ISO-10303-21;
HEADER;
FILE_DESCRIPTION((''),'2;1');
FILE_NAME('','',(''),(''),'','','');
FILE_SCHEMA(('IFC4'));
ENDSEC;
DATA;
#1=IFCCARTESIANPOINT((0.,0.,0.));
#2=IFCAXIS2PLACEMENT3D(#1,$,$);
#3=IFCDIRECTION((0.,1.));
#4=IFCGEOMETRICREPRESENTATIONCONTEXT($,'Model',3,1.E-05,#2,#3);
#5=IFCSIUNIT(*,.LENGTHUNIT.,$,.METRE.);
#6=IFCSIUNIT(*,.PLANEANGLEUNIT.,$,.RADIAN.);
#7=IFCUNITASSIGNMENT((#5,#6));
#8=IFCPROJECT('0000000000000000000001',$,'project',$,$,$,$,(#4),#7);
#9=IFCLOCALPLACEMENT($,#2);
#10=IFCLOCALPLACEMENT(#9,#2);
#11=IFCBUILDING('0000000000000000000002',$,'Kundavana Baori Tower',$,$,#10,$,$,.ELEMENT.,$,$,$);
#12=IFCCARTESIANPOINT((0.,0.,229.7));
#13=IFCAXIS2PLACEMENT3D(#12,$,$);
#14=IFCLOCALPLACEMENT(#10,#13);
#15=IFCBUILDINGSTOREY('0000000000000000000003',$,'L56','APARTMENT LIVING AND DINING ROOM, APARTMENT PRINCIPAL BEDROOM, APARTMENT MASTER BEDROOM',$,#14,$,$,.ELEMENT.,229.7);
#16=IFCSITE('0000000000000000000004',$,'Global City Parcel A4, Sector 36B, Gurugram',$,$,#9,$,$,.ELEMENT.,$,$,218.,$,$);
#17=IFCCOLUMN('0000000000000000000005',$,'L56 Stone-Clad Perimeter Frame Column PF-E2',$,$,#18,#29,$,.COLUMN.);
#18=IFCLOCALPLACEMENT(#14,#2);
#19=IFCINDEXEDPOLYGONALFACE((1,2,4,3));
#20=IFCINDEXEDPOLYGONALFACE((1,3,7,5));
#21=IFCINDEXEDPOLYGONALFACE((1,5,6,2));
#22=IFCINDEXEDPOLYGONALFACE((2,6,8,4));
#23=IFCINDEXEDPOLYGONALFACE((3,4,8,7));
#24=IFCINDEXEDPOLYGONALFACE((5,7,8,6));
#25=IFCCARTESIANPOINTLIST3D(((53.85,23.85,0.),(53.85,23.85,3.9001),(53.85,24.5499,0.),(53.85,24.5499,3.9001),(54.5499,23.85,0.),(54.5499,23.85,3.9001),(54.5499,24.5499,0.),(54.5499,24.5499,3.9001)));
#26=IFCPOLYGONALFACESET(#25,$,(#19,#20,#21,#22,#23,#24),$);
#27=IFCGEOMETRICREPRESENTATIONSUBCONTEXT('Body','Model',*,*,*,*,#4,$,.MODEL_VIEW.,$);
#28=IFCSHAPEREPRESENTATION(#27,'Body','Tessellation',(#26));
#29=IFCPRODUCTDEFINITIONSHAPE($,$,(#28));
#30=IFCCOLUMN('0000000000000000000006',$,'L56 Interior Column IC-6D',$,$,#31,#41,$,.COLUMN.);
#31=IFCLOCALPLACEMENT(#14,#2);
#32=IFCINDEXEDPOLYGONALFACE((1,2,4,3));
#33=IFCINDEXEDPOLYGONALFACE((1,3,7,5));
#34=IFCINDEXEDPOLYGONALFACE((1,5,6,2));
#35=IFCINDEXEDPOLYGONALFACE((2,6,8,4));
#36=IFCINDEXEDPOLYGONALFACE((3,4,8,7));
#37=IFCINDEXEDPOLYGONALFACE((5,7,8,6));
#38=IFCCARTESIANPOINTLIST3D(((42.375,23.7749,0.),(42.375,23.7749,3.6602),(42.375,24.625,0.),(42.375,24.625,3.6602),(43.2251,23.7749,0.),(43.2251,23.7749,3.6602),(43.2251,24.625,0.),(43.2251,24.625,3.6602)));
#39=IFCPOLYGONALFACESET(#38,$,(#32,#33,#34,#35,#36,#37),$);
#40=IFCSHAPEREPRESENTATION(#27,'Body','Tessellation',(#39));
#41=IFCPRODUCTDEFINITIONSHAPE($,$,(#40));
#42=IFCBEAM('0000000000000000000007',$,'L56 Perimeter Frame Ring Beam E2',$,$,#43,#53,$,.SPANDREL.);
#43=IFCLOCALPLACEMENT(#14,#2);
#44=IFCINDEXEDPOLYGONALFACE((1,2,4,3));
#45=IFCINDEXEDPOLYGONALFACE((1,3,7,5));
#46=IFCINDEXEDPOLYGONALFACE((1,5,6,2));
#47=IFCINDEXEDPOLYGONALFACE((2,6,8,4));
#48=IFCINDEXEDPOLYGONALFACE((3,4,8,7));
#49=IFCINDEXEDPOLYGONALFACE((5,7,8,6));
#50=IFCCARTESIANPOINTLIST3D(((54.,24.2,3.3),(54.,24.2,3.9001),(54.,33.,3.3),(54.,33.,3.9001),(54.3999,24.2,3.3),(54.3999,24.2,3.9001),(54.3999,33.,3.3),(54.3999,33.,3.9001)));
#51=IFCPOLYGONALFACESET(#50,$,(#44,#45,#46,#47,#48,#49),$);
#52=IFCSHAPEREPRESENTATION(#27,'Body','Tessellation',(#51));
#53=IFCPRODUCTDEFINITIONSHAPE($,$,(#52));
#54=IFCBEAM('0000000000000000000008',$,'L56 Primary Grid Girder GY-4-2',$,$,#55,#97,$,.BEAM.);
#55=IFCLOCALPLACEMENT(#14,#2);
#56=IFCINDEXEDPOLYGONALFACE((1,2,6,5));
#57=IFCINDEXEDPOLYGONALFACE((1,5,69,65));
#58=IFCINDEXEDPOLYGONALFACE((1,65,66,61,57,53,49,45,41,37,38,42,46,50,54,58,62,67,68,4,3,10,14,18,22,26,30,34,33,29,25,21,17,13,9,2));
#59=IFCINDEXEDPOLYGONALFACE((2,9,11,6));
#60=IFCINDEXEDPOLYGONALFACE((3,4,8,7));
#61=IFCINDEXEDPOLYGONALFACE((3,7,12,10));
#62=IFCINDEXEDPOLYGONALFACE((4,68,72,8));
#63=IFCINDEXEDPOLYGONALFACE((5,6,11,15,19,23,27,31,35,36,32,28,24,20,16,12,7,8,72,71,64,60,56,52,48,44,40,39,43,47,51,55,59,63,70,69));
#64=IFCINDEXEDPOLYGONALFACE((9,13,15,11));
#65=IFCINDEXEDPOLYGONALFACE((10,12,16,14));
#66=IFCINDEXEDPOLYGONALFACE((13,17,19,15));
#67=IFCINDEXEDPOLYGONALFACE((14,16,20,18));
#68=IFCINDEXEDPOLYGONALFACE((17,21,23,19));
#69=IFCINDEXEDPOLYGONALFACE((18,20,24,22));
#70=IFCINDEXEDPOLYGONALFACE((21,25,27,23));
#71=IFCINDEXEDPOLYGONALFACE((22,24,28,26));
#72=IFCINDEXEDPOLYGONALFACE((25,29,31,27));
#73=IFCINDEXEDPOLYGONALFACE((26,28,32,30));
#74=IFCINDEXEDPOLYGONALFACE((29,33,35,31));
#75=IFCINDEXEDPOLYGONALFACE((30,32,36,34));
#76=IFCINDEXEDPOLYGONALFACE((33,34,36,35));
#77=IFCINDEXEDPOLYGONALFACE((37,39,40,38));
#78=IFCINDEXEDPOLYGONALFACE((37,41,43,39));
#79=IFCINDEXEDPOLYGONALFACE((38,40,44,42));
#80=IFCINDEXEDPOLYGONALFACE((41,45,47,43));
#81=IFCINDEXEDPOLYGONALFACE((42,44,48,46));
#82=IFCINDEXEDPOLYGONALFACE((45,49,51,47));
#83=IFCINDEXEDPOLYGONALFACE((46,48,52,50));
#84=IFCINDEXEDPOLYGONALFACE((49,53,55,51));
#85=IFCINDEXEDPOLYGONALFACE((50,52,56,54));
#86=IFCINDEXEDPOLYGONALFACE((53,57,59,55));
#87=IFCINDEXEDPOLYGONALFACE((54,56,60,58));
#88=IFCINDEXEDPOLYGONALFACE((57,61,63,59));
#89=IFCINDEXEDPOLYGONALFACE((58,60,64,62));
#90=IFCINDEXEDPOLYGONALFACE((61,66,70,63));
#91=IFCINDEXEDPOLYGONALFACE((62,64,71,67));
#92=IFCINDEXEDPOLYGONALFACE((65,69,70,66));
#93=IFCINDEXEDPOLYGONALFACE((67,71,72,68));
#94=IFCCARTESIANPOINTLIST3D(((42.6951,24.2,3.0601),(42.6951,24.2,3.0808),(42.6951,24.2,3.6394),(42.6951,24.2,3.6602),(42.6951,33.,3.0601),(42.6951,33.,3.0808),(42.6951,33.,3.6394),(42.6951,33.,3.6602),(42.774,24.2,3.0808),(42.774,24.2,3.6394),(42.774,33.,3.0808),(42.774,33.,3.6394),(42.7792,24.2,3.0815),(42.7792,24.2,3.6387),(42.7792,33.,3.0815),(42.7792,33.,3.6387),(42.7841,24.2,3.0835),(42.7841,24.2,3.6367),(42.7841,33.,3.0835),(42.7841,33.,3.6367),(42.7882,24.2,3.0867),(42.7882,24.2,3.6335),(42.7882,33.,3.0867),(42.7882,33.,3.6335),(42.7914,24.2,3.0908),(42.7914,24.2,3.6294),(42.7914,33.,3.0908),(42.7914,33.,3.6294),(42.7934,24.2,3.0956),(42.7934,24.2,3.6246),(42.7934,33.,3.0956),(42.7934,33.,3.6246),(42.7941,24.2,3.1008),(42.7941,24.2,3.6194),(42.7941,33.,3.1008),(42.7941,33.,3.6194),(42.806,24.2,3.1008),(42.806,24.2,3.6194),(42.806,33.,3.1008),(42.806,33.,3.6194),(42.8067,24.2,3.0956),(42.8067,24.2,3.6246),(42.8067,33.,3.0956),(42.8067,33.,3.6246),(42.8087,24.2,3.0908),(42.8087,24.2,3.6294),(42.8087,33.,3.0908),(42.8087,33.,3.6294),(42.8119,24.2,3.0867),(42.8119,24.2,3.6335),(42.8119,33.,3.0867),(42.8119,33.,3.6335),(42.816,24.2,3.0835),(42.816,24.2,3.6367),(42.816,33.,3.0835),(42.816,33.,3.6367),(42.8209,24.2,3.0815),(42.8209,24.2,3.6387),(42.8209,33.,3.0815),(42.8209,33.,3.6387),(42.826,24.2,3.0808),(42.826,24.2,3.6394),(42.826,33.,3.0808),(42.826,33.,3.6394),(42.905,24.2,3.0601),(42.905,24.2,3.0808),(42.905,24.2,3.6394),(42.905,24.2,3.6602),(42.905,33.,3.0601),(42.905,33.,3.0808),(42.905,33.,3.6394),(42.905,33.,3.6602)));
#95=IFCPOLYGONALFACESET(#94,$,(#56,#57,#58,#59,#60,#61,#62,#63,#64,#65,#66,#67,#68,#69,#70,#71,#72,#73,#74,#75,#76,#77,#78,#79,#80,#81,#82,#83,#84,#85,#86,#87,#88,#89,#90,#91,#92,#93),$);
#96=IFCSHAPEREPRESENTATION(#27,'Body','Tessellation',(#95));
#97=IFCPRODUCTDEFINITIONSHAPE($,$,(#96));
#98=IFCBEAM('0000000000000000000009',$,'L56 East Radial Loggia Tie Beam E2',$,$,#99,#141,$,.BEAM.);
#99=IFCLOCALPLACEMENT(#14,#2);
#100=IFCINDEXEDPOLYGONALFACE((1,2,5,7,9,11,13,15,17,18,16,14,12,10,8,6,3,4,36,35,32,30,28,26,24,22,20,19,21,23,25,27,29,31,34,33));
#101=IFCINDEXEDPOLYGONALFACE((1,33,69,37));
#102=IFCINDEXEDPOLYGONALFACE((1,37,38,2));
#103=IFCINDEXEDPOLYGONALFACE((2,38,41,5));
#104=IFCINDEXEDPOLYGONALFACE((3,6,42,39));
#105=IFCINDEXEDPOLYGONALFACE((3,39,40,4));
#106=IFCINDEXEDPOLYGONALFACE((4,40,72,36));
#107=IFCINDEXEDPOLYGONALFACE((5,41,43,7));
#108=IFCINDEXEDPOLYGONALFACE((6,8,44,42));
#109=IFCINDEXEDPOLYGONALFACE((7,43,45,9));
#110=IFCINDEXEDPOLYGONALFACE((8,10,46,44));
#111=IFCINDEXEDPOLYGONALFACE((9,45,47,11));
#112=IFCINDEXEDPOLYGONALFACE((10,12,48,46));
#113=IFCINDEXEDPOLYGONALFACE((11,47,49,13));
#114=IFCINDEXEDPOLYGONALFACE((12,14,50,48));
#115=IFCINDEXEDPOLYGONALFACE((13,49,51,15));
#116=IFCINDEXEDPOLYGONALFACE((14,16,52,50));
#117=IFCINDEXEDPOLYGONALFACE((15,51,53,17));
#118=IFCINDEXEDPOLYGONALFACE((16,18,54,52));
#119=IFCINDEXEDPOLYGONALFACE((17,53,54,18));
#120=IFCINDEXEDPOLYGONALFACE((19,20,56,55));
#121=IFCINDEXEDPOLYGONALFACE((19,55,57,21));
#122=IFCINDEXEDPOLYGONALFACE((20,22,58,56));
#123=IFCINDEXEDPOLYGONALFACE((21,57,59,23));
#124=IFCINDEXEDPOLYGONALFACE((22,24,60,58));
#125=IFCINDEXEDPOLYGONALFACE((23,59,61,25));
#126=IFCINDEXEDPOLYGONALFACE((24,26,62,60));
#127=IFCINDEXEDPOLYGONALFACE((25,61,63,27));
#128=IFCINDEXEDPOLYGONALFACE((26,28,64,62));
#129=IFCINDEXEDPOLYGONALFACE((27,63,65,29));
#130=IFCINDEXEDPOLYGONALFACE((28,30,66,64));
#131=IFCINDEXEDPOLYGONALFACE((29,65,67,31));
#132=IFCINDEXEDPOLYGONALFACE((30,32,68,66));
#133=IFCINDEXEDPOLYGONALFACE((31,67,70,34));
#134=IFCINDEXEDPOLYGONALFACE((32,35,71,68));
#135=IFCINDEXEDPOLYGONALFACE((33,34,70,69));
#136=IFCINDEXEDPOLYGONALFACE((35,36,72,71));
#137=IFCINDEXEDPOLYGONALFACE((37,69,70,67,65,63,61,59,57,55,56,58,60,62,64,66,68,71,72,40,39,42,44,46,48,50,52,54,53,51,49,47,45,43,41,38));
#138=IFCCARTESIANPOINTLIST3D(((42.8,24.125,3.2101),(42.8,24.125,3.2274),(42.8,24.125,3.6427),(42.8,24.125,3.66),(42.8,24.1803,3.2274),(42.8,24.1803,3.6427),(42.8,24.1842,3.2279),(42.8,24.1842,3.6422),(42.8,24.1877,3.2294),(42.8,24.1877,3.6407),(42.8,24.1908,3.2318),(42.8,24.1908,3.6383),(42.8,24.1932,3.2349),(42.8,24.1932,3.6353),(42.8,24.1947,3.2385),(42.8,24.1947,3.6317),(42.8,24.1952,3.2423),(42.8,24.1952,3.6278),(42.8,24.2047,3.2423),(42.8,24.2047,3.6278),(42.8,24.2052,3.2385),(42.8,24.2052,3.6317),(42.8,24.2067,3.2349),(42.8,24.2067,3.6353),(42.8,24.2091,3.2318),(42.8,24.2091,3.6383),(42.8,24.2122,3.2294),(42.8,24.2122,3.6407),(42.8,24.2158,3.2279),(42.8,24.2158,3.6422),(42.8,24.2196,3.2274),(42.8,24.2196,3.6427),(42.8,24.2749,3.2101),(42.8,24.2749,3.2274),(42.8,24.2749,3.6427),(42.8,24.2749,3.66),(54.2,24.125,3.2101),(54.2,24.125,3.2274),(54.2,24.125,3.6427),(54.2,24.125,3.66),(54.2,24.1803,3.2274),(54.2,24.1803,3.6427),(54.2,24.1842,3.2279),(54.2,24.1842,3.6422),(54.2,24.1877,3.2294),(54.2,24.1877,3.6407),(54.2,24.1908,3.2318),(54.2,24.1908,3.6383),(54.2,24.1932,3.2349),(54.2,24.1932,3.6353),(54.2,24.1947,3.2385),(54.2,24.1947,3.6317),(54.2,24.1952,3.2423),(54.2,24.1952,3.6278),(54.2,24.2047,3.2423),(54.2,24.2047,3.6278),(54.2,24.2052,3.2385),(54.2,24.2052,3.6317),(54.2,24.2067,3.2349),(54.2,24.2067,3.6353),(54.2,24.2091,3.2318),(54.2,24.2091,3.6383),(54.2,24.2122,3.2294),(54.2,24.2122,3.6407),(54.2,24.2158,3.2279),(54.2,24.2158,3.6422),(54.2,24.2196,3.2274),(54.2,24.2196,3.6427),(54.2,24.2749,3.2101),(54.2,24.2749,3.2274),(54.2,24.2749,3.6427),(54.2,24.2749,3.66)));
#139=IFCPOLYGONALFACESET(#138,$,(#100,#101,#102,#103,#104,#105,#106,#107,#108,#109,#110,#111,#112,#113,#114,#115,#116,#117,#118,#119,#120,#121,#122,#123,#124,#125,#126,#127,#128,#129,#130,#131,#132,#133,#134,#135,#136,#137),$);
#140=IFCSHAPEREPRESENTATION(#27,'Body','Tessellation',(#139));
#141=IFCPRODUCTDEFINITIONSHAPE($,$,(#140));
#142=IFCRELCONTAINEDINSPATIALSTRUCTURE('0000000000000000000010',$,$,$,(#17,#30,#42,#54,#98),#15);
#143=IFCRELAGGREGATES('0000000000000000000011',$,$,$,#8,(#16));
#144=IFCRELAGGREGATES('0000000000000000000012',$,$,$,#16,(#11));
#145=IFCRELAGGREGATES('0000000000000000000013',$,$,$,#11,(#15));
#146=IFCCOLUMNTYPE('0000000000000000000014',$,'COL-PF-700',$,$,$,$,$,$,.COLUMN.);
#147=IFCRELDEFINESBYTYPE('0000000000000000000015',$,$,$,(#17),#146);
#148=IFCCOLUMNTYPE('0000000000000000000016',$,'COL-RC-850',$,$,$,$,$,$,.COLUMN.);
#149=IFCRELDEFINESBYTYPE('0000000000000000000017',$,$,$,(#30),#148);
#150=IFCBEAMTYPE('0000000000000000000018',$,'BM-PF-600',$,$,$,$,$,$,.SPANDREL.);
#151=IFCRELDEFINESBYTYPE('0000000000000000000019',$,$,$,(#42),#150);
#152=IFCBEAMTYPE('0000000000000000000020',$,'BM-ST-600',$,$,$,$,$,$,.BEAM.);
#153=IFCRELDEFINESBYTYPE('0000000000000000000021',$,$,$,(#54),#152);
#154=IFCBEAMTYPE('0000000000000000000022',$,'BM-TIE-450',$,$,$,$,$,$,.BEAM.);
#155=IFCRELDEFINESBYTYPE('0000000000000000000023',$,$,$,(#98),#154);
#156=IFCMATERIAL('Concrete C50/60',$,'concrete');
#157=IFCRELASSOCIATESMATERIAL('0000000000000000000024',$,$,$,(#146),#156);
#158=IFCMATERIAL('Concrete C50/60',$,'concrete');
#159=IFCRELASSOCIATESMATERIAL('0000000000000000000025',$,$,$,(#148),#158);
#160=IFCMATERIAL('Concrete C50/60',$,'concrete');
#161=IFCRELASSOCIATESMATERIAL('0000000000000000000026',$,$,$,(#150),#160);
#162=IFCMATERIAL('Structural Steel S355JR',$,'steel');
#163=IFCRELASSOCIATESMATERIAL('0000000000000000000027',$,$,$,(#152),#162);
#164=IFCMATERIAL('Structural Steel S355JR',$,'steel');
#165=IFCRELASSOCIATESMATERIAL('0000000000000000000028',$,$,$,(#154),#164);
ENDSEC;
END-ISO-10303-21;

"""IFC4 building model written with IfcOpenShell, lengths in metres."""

from ifc_helpers import new_model, si_unit, direction, frame, origin, origin_2d, place, context, subcontext, project, spatial, rectangle, i_section, extrude, material, material_profile, profile_set, type_object, element, save


model = new_model("IFC4")

# Units and contexts
model_context = context("Model", 3, precision=1e-05, world=origin(), true_north=direction((0.0, 1.0)))
body_context = subcontext(model_context, "Body", "Model", "MODEL_VIEW")
ifc_project = project(units=[si_unit("LENGTHUNIT", "METRE"), si_unit("PLANEANGLEUNIT", "RADIAN")], contexts=[model_context])

# Site, building, storey
site_placement = place(None, origin())
site = spatial("IfcSite", under=ifc_project, at=site_placement, Name="Global City Parcel A4, Sector 36B, Gurugram", CompositionType="ELEMENT", RefElevation=218.0)
building_placement = place(site_placement, origin())
building = spatial("IfcBuilding", under=site, at=building_placement, Name="Kundavana Baori Tower", CompositionType="ELEMENT")
storey_placement = place(building_placement, frame((0.0, 0.0, 229.7)))
storey = spatial("IfcBuildingStorey", under=building, at=storey_placement, Name="L56", Description="APARTMENT LIVING AND DINING ROOM, APARTMENT PRINCIPAL BEDROOM, APARTMENT MASTER BEDROOM", CompositionType="ELEMENT", Elevation=229.7)

# Columns
ifc_material_1 = material(Name="Concrete C50/60", Category="concrete")
ifc_material_profile_1 = material_profile(ifc_material_1, rectangle(XDim=0.7, YDim=0.7, at=origin_2d()), Name="RC PF 700x700")
ifc_profile_set_1 = profile_set([ifc_material_profile_1], Name="Concrete C50/60")
column_type_1 = type_object("IfcColumnType", Name="COL-PF-700", PredefinedType="COLUMN", material=ifc_profile_set_1)
column_1_placement = place(storey_placement, frame((54.2, 24.2, 0.0), z_axis=(0.0, 0.0, 1.0), x_axis=(1.0, 0.0, 0.0)))
element("IfcColumn", 1, at=column_1_placement, inside=storey, type_object=column_type_1, Name="L56 Stone-Clad Perimeter Frame Column PF-E2", PredefinedType="COLUMN", context=body_context, shape_type="SweptSolid", body=[
    extrude(rectangle(XDim=0.7, YDim=0.7, at=origin_2d()), origin(), (0.0, 0.0, 1.0), 3.9001),
])
ifc_material_2 = material(Name="Concrete C50/60", Category="concrete")
ifc_material_profile_2 = material_profile(ifc_material_2, rectangle(XDim=0.8501, YDim=0.8501, at=origin_2d()), Name="RC 850x850")
ifc_profile_set_2 = profile_set([ifc_material_profile_2], Name="Concrete C50/60")
column_type_2 = type_object("IfcColumnType", Name="COL-RC-850", PredefinedType="COLUMN", material=ifc_profile_set_2)
column_2_placement = place(storey_placement, frame((42.8, 24.2, 0.0), z_axis=(0.0, 0.0, 1.0), x_axis=(1.0, 0.0, 0.0)))
element("IfcColumn", 2, at=column_2_placement, inside=storey, type_object=column_type_2, Name="L56 Interior Column IC-6D", PredefinedType="COLUMN", context=body_context, shape_type="SweptSolid", body=[
    extrude(rectangle(XDim=0.8501, YDim=0.8501, at=origin_2d()), origin(), (0.0, 0.0, 1.0), 3.6602),
])

# Beams
ifc_material_3 = material(Name="Concrete C50/60", Category="concrete")
ifc_material_profile_3 = material_profile(ifc_material_3, rectangle(XDim=0.3999, YDim=0.6001, at=origin_2d()), Name="RC BM 400x600")
ifc_profile_set_3 = profile_set([ifc_material_profile_3], Name="Concrete C50/60")
beam_type_1 = type_object("IfcBeamType", Name="BM-PF-600", PredefinedType="SPANDREL", material=ifc_profile_set_3)
beam_1_placement = place(storey_placement, frame((54.2, 24.2, 3.6001), z_axis=(0.0, 1.0, 0.0), x_axis=(-1.0, 0.0, 0.0)))
element("IfcBeam", 3, at=beam_1_placement, inside=storey, type_object=beam_type_1, Name="L56 Perimeter Frame Ring Beam E2", PredefinedType="SPANDREL", context=body_context, shape_type="SweptSolid", body=[
    extrude(rectangle(XDim=0.3999, YDim=0.6001, at=origin_2d()), origin(), (0.0, 0.0, 1.0), 8.8),
])
ifc_material_4 = material(Name="Structural Steel S355JR", Category="steel")
ifc_material_profile_4 = material_profile(ifc_material_4, i_section(OverallWidth=0.21, OverallDepth=0.6001, WebThickness=0.012, FlangeThickness=0.0208, FilletRadius=0.02, at=origin_2d()), Name="ISMB 600")
ifc_profile_set_4 = profile_set([ifc_material_profile_4], Name="Structural Steel S355JR")
beam_type_2 = type_object("IfcBeamType", Name="BM-ST-600", PredefinedType="BEAM", material=ifc_profile_set_4)
beam_2_placement = place(storey_placement, frame((42.8, 24.2, 3.3601), z_axis=(0.0, 1.0, 0.0), x_axis=(-1.0, 0.0, 0.0)))
element("IfcBeam", 4, at=beam_2_placement, inside=storey, type_object=beam_type_2, Name="L56 Primary Grid Girder GY-4-2", PredefinedType="BEAM", context=body_context, shape_type="SweptSolid", body=[
    extrude(i_section(OverallWidth=0.21, OverallDepth=0.6001, WebThickness=0.012, FlangeThickness=0.0208, FilletRadius=0.02, at=origin_2d()), origin(), (0.0, 0.0, 1.0), 8.8),
])
ifc_material_5 = material(Name="Structural Steel S355JR", Category="steel")
ifc_material_profile_5 = material_profile(ifc_material_5, i_section(OverallWidth=0.1499, OverallDepth=0.45, WebThickness=0.0095, FlangeThickness=0.0173, FilletRadius=0.0149, at=origin_2d()), Name="ISMB 450")
ifc_profile_set_5 = profile_set([ifc_material_profile_5], Name="Structural Steel S355JR")
beam_type_3 = type_object("IfcBeamType", Name="BM-TIE-450", PredefinedType="BEAM", material=ifc_profile_set_5)
beam_3_placement = place(storey_placement, frame((42.8, 24.2, 3.4351), z_axis=(1.0, 0.0, 0.0), x_axis=(0.0, 1.0, 0.0)))
element("IfcBeam", 5, at=beam_3_placement, inside=storey, type_object=beam_type_3, Name="L56 East Radial Loggia Tie Beam E2", PredefinedType="BEAM", context=body_context, shape_type="SweptSolid", body=[
    extrude(i_section(OverallWidth=0.1499, OverallDepth=0.45, WebThickness=0.0095, FlangeThickness=0.0173, FilletRadius=0.0149, at=origin_2d()), origin(), (0.0, 0.0, 1.0), 11.3999),
])

save(model, "model.ifc")
